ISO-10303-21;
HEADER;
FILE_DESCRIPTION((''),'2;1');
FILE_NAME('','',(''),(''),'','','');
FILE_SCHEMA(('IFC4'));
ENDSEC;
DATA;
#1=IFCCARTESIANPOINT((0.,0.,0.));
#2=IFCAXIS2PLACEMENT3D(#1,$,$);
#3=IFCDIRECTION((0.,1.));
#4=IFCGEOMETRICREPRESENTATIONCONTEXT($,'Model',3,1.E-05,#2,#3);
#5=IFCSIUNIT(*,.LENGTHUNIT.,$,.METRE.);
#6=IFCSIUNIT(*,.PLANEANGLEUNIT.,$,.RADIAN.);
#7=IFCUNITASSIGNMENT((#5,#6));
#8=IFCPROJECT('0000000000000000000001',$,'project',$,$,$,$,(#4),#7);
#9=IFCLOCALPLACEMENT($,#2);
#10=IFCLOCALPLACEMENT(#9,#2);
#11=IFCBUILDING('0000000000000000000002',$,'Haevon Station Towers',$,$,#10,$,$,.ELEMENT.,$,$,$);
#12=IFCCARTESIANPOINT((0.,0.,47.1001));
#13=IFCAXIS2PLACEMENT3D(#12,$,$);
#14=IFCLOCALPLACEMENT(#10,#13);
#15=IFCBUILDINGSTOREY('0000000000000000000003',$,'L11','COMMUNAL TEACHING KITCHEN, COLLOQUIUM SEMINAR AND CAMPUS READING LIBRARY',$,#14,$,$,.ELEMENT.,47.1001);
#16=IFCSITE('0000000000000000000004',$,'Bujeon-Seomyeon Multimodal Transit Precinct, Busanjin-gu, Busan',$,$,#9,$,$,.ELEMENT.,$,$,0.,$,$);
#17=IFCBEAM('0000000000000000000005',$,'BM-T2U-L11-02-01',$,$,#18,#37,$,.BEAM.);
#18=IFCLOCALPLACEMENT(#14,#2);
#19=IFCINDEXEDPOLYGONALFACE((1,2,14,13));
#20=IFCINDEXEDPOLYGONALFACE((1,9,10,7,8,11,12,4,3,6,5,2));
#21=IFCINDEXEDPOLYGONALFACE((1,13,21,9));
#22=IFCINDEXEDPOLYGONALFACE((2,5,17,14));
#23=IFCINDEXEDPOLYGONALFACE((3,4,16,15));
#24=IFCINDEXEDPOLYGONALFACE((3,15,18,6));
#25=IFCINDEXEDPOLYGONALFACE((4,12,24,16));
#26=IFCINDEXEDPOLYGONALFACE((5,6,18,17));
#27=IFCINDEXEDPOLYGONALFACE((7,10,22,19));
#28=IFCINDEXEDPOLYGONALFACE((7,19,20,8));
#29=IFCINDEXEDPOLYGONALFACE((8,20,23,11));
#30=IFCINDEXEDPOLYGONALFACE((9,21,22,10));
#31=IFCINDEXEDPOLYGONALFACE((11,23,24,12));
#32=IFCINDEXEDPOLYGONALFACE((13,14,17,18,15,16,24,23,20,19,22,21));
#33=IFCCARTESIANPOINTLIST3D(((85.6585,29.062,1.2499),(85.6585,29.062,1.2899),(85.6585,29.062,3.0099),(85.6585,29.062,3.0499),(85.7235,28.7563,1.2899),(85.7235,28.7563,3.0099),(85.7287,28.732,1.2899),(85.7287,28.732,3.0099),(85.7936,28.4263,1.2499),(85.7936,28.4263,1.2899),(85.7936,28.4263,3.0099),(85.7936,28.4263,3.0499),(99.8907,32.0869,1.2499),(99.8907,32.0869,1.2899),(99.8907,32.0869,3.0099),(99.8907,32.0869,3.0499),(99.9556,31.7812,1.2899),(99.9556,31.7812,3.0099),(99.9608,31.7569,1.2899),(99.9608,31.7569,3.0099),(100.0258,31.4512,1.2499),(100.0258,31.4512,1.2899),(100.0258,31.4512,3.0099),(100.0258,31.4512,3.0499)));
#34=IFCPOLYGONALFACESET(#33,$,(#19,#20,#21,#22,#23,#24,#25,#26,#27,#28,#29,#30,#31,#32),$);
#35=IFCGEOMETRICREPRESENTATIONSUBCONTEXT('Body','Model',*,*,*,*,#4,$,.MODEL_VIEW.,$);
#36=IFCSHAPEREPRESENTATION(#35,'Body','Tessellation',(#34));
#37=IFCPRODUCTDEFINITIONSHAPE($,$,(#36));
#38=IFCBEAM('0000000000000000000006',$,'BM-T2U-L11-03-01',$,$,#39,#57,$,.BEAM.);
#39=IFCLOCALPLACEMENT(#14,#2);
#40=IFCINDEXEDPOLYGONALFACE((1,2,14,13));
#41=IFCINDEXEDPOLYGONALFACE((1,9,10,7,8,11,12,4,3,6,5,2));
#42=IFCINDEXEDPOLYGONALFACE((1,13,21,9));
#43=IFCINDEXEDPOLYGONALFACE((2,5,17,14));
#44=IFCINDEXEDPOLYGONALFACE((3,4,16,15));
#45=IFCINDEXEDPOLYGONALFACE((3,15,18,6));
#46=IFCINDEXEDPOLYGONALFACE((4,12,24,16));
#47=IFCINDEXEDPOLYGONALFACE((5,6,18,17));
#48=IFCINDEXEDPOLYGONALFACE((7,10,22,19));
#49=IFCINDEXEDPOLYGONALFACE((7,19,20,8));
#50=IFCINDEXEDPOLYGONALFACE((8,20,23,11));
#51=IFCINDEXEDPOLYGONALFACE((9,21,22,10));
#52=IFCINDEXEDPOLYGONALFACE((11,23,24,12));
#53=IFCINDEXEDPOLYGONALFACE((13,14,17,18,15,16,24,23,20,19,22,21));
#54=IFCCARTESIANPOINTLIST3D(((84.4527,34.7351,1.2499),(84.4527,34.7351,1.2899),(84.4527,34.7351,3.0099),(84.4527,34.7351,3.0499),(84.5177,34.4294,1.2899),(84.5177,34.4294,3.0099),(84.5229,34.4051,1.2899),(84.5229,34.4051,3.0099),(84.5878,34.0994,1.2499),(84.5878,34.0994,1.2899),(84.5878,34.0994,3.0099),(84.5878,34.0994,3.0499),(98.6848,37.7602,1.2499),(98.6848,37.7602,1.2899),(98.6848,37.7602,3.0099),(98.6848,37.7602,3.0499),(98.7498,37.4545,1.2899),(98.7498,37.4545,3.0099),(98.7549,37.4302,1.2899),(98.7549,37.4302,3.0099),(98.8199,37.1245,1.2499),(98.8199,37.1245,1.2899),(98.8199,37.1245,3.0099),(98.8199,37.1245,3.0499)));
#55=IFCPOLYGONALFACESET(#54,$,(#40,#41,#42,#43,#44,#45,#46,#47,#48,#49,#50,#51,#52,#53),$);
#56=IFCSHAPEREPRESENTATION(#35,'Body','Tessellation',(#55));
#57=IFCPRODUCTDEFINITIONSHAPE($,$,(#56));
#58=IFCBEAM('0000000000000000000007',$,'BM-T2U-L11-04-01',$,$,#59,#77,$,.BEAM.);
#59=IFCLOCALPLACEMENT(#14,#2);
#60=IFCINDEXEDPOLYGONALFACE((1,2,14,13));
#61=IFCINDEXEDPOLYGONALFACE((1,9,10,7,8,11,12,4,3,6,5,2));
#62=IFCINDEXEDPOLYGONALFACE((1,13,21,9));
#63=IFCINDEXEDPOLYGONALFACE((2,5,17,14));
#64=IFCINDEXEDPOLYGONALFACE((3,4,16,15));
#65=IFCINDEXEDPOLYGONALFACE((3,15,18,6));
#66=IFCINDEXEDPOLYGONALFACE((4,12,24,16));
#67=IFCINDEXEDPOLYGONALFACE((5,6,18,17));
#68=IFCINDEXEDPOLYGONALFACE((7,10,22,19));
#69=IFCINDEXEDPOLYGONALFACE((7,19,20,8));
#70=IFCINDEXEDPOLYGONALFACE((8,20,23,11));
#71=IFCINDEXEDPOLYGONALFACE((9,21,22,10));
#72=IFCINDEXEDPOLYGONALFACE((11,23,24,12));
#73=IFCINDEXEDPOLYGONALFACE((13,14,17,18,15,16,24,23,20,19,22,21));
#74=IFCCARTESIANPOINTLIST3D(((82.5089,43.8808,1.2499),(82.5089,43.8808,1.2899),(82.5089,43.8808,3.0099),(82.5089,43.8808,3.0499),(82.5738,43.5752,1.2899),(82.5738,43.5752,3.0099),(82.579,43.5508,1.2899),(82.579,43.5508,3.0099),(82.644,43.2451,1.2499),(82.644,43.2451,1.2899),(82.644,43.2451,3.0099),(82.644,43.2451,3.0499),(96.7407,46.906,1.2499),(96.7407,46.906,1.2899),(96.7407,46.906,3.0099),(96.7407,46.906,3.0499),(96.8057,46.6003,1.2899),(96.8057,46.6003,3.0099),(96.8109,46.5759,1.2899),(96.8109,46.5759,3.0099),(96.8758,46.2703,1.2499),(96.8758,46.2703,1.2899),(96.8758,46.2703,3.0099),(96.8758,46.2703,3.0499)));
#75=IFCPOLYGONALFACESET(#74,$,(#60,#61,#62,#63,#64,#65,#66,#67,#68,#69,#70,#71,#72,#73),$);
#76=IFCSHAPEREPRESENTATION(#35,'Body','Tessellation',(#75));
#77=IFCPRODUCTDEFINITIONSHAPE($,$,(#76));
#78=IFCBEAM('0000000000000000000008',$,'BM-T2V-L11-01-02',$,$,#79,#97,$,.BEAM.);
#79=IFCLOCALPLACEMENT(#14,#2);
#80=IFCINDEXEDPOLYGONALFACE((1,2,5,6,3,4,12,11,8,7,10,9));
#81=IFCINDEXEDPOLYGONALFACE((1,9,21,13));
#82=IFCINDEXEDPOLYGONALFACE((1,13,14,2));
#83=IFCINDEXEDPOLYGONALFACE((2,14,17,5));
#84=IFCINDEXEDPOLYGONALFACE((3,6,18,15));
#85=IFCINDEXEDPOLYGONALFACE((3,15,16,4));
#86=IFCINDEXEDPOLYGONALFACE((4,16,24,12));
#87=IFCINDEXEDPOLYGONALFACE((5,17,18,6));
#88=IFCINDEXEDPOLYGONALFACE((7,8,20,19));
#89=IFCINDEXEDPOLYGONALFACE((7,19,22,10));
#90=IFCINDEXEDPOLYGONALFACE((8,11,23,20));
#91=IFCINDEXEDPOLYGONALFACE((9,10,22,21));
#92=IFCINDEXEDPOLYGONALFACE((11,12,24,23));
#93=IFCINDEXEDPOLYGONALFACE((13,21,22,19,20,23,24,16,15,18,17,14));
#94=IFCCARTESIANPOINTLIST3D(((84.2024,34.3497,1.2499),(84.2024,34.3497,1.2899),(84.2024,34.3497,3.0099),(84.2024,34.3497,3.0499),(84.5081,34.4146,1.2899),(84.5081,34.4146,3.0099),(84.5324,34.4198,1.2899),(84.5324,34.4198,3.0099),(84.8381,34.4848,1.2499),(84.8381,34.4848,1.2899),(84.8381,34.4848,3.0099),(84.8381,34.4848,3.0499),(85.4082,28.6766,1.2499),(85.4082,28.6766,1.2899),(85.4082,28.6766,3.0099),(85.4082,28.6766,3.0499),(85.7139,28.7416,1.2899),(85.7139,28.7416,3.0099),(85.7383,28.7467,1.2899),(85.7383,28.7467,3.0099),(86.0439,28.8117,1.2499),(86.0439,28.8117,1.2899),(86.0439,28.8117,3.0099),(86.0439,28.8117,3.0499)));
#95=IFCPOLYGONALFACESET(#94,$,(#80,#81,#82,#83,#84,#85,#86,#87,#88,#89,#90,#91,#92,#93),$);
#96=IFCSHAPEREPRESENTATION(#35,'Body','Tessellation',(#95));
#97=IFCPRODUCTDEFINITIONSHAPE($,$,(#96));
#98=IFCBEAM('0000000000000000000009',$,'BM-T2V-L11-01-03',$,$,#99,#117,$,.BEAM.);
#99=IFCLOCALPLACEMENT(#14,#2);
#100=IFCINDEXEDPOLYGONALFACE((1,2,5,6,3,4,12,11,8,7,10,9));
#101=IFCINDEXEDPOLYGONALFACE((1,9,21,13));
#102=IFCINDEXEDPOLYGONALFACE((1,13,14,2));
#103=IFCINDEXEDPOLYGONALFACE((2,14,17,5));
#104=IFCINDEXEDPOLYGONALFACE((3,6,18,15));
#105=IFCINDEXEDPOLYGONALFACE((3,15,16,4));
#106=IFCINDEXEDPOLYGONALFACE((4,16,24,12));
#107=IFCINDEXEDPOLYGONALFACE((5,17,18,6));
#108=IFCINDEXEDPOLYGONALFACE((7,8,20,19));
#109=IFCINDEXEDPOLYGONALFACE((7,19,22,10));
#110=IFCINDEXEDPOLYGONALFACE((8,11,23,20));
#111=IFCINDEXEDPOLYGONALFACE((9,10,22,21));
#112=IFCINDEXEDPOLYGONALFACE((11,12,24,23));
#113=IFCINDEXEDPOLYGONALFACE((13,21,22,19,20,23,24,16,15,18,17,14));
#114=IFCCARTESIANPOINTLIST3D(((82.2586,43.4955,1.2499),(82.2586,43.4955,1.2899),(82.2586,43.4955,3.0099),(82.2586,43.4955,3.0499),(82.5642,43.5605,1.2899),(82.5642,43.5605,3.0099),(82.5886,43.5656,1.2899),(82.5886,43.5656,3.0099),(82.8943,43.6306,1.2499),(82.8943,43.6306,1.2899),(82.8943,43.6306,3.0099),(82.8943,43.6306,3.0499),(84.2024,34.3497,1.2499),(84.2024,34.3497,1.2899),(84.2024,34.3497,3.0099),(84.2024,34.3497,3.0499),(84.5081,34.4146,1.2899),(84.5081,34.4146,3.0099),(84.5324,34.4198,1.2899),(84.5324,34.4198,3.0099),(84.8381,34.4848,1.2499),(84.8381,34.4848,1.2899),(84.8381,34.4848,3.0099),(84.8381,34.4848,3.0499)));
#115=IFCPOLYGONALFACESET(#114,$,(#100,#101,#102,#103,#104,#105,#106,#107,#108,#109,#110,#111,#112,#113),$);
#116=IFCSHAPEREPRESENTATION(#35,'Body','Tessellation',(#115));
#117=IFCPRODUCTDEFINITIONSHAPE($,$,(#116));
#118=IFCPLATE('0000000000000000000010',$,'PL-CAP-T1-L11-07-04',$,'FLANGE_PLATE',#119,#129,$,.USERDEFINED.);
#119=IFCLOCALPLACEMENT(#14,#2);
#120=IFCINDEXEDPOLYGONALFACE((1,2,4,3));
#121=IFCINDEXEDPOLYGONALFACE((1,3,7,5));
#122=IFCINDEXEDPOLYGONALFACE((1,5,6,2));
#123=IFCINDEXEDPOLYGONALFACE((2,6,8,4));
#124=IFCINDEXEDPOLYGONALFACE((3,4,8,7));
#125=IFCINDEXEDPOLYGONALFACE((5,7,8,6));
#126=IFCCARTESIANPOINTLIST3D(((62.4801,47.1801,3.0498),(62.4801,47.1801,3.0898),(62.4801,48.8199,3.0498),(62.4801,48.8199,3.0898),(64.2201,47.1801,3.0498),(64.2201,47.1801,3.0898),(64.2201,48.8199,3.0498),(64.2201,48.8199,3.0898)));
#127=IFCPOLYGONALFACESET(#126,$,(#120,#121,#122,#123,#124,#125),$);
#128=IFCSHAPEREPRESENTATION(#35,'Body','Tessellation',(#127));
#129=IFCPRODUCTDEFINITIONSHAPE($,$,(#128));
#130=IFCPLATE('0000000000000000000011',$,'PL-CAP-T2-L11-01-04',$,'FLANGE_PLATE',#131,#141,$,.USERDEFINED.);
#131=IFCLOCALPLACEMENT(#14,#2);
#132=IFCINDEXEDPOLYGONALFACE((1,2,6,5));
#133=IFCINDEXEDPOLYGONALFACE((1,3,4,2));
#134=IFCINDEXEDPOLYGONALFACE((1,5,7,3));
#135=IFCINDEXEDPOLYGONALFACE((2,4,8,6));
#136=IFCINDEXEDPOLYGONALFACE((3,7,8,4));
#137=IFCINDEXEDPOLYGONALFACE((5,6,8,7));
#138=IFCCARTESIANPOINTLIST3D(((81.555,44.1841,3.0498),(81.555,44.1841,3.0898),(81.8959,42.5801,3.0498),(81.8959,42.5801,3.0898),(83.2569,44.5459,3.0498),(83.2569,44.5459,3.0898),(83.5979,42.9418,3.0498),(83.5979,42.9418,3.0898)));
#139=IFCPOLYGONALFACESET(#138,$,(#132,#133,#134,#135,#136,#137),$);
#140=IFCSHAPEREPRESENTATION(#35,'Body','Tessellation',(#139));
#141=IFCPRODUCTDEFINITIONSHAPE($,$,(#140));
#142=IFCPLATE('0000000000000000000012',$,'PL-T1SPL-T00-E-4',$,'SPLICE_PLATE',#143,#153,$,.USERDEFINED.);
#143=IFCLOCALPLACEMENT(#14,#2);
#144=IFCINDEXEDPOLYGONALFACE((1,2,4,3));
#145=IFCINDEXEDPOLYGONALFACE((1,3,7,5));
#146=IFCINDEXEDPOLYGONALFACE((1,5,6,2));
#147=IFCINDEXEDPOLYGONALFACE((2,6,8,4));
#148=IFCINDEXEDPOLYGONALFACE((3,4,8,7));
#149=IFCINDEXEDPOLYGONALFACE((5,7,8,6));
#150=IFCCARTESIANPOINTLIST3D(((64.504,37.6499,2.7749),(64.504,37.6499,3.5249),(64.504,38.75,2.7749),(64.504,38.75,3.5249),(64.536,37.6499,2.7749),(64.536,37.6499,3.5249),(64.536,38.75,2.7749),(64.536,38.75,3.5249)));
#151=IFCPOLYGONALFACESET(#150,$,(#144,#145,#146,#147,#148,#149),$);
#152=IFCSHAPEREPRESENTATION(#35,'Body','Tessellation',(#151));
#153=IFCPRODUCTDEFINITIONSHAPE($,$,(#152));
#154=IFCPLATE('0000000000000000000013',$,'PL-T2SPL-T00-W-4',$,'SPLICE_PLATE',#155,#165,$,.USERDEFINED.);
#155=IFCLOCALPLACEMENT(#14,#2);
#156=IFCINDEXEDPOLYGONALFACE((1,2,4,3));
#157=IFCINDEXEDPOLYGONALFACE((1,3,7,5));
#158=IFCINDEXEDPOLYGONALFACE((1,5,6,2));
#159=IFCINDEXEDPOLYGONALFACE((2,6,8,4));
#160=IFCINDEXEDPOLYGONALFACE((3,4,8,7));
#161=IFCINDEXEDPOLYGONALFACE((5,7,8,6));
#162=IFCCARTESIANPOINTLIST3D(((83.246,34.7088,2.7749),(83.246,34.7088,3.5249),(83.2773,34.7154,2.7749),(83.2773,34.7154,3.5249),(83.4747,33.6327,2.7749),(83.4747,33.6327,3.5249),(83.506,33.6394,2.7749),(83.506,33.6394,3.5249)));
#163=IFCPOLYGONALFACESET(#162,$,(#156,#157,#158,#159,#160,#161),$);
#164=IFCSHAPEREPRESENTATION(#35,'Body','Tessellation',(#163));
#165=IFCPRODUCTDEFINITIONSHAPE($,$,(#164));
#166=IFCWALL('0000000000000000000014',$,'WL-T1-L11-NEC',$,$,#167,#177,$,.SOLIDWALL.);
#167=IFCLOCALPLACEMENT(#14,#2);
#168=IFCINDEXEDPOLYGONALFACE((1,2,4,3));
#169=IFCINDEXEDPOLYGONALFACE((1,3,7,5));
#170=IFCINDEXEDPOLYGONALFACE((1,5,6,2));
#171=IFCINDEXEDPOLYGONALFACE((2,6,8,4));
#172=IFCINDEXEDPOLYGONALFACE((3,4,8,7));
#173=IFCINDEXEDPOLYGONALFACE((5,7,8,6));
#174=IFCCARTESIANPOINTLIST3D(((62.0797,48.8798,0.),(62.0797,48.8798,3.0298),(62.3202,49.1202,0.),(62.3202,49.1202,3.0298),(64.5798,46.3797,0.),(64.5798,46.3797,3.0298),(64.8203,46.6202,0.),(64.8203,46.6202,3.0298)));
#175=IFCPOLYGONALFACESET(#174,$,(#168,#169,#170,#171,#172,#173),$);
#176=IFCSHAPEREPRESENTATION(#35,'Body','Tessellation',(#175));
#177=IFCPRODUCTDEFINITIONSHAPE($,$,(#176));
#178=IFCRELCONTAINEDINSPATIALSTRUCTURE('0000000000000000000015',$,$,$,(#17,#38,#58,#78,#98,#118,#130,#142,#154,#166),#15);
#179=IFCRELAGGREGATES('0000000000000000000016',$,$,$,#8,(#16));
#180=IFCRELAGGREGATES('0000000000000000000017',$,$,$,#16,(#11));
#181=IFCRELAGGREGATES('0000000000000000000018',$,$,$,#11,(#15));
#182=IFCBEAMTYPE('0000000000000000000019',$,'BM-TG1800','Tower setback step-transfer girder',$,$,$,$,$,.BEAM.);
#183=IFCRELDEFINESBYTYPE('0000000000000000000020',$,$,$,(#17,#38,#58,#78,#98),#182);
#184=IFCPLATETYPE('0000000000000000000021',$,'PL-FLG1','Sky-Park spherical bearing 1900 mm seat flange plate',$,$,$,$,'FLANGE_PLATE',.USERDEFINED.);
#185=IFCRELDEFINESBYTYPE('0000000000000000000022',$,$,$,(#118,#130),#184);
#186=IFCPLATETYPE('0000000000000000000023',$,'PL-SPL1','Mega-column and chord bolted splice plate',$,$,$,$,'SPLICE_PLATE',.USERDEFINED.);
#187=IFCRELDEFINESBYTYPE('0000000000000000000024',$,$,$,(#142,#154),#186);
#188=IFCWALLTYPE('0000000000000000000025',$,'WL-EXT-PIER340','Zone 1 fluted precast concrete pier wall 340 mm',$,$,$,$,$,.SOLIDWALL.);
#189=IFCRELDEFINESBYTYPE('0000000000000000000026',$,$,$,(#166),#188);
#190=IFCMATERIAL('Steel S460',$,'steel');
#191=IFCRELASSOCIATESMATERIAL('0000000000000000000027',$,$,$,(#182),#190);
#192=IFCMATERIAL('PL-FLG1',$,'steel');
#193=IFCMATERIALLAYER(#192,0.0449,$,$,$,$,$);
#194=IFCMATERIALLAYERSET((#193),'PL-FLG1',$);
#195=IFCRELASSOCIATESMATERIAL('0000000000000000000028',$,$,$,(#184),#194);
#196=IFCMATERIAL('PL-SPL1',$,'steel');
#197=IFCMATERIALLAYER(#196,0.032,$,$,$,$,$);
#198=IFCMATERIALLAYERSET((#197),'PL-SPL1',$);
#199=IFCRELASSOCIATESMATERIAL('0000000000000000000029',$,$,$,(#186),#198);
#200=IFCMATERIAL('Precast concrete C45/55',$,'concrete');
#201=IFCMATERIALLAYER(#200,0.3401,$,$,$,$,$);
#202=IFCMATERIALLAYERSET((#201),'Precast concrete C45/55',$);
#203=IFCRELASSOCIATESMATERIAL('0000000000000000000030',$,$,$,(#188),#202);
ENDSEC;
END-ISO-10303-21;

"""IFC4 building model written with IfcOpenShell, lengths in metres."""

from ifc_helpers import new_model, si_unit, direction, frame, frame_2d, origin, origin_2d, place, context, subcontext, project, spatial, rectangle, i_section, extrude, material, layer, layer_set, material_profile, profile_set, type_object, element, save


model = new_model("IFC4")

# Units and contexts
model_context = context("Model", 3, precision=1e-05, world=origin(), true_north=direction((0.0, 1.0)))
body_context = subcontext(model_context, "Body", "Model", "MODEL_VIEW")
ifc_project = project(units=[si_unit("LENGTHUNIT", "METRE"), si_unit("PLANEANGLEUNIT", "RADIAN")], contexts=[model_context])

# Site, building, storey
site_placement = place(None, origin())
site = spatial("IfcSite", under=ifc_project, at=site_placement, Name="Bujeon-Seomyeon Multimodal Transit Precinct, Busanjin-gu, Busan", CompositionType="ELEMENT", RefElevation=0.0)
building_placement = place(site_placement, origin())
building = spatial("IfcBuilding", under=site, at=building_placement, Name="Haevon Station Towers", CompositionType="ELEMENT")
storey_placement = place(building_placement, frame((0.0, 0.0, 47.1001)))
storey = spatial("IfcBuildingStorey", under=building, at=storey_placement, Name="L11", Description="COMMUNAL TEACHING KITCHEN, COLLOQUIUM SEMINAR AND CAMPUS READING LIBRARY", CompositionType="ELEMENT", Elevation=47.1001)

# Shared definitions
ifc_material_1 = material(Name="Steel S460", Category="steel")

# Beams
ifc_material_profile_1 = material_profile(ifc_material_1, i_section(OverallWidth=0.6499, OverallDepth=1.8, WebThickness=0.0249, FlangeThickness=0.04, at=origin_2d()), Name="H-1800x650x25x40")
ifc_profile_set_1 = profile_set([ifc_material_profile_1], Name="Steel S460")
beam_type_1 = type_object("IfcBeamType", Name="BM-TG1800", Description="Tower setback step-transfer girder", PredefinedType="BEAM", material=ifc_profile_set_1)
for number, where, z_axis, x_axis, name in (
    (1, (85.7261, 28.7441, 2.1499), (0.978151, 0.207896, 0.0), (-0.207896, 0.978151, 0.0), "BM-T2U-L11-02-01"),
    (2, (84.5203, 34.4172, 2.1499), (0.978148, 0.207912, 0.0), (-0.207912, 0.978148, 0.0), "BM-T2U-L11-03-01"),
):
    element("IfcBeam", number, at=place(storey_placement, frame(where, z_axis=z_axis, x_axis=x_axis)), inside=storey, type_object=beam_type_1, Name=name, PredefinedType="BEAM", context=body_context, shape_type="SweptSolid", body=[
        extrude(i_section(OverallWidth=0.6499, OverallDepth=1.8, WebThickness=0.0249, FlangeThickness=0.04, at=origin_2d()), origin(), (0.0, 0.0, 1.0), 14.55),
    ])
beam_1_placement = place(storey_placement, frame((82.5764, 43.563, 2.1499), z_axis=(0.978147, 0.207915, 0.0), x_axis=(-0.207915, 0.978147, 0.0)))
element("IfcBeam", 3, at=beam_1_placement, inside=storey, type_object=beam_type_1, Name="BM-T2U-L11-04-01", PredefinedType="BEAM", context=body_context, shape_type="SweptSolid", body=[
    extrude(i_section(OverallWidth=0.6499, OverallDepth=1.8, WebThickness=0.0249, FlangeThickness=0.04, at=origin_2d()), origin(), (0.0, 0.0, 1.0), 14.5498),
])
beam_2_placement = place(storey_placement, frame((85.7261, 28.7441, 2.1499), z_axis=(-0.207905, 0.978149, 0.0), x_axis=(-0.978149, -0.207905, 0.0)))
element("IfcBeam", 4, at=beam_2_placement, inside=storey, type_object=beam_type_1, Name="BM-T2V-L11-01-02", PredefinedType="BEAM", context=body_context, shape_type="SweptSolid", body=[
    extrude(i_section(OverallWidth=0.6499, OverallDepth=1.8, WebThickness=0.0249, FlangeThickness=0.04, at=origin_2d()), origin(), (0.0, 0.0, 1.0), 5.7998),
])
beam_3_placement = place(storey_placement, frame((84.5203, 34.4172, 2.1499), z_axis=(-0.207897, 0.978151, 0.0), x_axis=(-0.978151, -0.207897, 0.0)))
element("IfcBeam", 5, at=beam_3_placement, inside=storey, type_object=beam_type_1, Name="BM-T2V-L11-01-03", PredefinedType="BEAM", context=body_context, shape_type="SweptSolid", body=[
    extrude(i_section(OverallWidth=0.6499, OverallDepth=1.8, WebThickness=0.0249, FlangeThickness=0.04, at=origin_2d()), origin(), (0.0, 0.0, 1.0), 9.3501),
])

# Plates
ifc_material_2 = material(Name="PL-FLG1", Category="steel")
ifc_layer_1 = layer(ifc_material_2, 0.0449)
ifc_layer_set_1 = layer_set([ifc_layer_1], Name="PL-FLG1")
plate_type_1 = type_object("IfcPlateType", Name="PL-FLG1", Description="Sky-Park spherical bearing 1900 mm seat flange plate", ElementType="FLANGE_PLATE", PredefinedType="USERDEFINED", material=ifc_layer_set_1)
for number, where, z_axis, x_axis, name in (
    (6, (63.3501, 48.0, 3.0498), (0.0, 0.0, 1.0), (1.0, 0.0, 0.0), "PL-CAP-T1-L11-07-04"),
    (7, (82.5764, 43.563, 3.0498), (0.0, 0.0, 1.0), (0.978148, 0.207912, 0.0), "PL-CAP-T2-L11-01-04"),
):
    element("IfcPlate", number, at=place(storey_placement, frame(where, z_axis=z_axis, x_axis=x_axis)), inside=storey, type_object=plate_type_1, Name=name, ObjectType="FLANGE_PLATE", PredefinedType="USERDEFINED", context=body_context, shape_type="SweptSolid", body=[
        extrude(rectangle(XDim=1.74, YDim=1.6399, at=origin_2d()), origin(), (0.0, 0.0, 1.0), 0.04),
    ])
ifc_material_3 = material(Name="PL-SPL1", Category="steel")
ifc_layer_2 = layer(ifc_material_3, 0.032)
ifc_layer_set_2 = layer_set([ifc_layer_2], Name="PL-SPL1")
plate_type_2 = type_object("IfcPlateType", Name="PL-SPL1", Description="Mega-column and chord bolted splice plate", ElementType="SPLICE_PLATE", PredefinedType="USERDEFINED", material=ifc_layer_set_2)
for number, where, z_axis, x_axis, name in (
    (8, (64.52, 38.2, 2.7749), (0.0, 0.0, 1.0), (0.0, 1.0, 0.0), "PL-T1SPL-T00-E-4"),
    (9, (83.376, 34.1741, 2.7749), (0.0, 0.0, 1.0), (-0.207912, 0.978148, 0.0), "PL-T2SPL-T00-W-4"),
):
    element("IfcPlate", number, at=place(storey_placement, frame(where, z_axis=z_axis, x_axis=x_axis)), inside=storey, type_object=plate_type_2, Name=name, ObjectType="SPLICE_PLATE", PredefinedType="USERDEFINED", context=body_context, shape_type="SweptSolid", body=[
        extrude(rectangle(XDim=1.1001, YDim=0.032, at=origin_2d()), origin(), (0.0, 0.0, 1.0), 0.75),
    ])

# Wall
ifc_material_4 = material(Name="Precast concrete C45/55", Category="concrete")
ifc_layer_3 = layer(ifc_material_4, 0.3401)
ifc_layer_set_3 = layer_set([ifc_layer_3], Name="Precast concrete C45/55")
wall_type_1 = type_object("IfcWallType", Name="WL-EXT-PIER340", Description="Zone 1 fluted precast concrete pier wall 340 mm", PredefinedType="SOLIDWALL", material=ifc_layer_set_3)
wall_1_placement = place(storey_placement, frame((62.2, 49.0, 0.0), z_axis=(0.0, 0.0, 1.0), x_axis=(0.707107, -0.707107, 0.0)))
element("IfcWall", 10, at=wall_1_placement, inside=storey, type_object=wall_type_1, Name="WL-T1-L11-NEC", PredefinedType="SOLIDWALL", context=body_context, shape_type="SweptSolid", body=[
    extrude(rectangle(XDim=3.5356, YDim=0.3401, at=frame_2d((1.7678, 0.0))), origin(), (0.0, 0.0, 1.0), 3.0298),
])

save(model, "model.ifc")
